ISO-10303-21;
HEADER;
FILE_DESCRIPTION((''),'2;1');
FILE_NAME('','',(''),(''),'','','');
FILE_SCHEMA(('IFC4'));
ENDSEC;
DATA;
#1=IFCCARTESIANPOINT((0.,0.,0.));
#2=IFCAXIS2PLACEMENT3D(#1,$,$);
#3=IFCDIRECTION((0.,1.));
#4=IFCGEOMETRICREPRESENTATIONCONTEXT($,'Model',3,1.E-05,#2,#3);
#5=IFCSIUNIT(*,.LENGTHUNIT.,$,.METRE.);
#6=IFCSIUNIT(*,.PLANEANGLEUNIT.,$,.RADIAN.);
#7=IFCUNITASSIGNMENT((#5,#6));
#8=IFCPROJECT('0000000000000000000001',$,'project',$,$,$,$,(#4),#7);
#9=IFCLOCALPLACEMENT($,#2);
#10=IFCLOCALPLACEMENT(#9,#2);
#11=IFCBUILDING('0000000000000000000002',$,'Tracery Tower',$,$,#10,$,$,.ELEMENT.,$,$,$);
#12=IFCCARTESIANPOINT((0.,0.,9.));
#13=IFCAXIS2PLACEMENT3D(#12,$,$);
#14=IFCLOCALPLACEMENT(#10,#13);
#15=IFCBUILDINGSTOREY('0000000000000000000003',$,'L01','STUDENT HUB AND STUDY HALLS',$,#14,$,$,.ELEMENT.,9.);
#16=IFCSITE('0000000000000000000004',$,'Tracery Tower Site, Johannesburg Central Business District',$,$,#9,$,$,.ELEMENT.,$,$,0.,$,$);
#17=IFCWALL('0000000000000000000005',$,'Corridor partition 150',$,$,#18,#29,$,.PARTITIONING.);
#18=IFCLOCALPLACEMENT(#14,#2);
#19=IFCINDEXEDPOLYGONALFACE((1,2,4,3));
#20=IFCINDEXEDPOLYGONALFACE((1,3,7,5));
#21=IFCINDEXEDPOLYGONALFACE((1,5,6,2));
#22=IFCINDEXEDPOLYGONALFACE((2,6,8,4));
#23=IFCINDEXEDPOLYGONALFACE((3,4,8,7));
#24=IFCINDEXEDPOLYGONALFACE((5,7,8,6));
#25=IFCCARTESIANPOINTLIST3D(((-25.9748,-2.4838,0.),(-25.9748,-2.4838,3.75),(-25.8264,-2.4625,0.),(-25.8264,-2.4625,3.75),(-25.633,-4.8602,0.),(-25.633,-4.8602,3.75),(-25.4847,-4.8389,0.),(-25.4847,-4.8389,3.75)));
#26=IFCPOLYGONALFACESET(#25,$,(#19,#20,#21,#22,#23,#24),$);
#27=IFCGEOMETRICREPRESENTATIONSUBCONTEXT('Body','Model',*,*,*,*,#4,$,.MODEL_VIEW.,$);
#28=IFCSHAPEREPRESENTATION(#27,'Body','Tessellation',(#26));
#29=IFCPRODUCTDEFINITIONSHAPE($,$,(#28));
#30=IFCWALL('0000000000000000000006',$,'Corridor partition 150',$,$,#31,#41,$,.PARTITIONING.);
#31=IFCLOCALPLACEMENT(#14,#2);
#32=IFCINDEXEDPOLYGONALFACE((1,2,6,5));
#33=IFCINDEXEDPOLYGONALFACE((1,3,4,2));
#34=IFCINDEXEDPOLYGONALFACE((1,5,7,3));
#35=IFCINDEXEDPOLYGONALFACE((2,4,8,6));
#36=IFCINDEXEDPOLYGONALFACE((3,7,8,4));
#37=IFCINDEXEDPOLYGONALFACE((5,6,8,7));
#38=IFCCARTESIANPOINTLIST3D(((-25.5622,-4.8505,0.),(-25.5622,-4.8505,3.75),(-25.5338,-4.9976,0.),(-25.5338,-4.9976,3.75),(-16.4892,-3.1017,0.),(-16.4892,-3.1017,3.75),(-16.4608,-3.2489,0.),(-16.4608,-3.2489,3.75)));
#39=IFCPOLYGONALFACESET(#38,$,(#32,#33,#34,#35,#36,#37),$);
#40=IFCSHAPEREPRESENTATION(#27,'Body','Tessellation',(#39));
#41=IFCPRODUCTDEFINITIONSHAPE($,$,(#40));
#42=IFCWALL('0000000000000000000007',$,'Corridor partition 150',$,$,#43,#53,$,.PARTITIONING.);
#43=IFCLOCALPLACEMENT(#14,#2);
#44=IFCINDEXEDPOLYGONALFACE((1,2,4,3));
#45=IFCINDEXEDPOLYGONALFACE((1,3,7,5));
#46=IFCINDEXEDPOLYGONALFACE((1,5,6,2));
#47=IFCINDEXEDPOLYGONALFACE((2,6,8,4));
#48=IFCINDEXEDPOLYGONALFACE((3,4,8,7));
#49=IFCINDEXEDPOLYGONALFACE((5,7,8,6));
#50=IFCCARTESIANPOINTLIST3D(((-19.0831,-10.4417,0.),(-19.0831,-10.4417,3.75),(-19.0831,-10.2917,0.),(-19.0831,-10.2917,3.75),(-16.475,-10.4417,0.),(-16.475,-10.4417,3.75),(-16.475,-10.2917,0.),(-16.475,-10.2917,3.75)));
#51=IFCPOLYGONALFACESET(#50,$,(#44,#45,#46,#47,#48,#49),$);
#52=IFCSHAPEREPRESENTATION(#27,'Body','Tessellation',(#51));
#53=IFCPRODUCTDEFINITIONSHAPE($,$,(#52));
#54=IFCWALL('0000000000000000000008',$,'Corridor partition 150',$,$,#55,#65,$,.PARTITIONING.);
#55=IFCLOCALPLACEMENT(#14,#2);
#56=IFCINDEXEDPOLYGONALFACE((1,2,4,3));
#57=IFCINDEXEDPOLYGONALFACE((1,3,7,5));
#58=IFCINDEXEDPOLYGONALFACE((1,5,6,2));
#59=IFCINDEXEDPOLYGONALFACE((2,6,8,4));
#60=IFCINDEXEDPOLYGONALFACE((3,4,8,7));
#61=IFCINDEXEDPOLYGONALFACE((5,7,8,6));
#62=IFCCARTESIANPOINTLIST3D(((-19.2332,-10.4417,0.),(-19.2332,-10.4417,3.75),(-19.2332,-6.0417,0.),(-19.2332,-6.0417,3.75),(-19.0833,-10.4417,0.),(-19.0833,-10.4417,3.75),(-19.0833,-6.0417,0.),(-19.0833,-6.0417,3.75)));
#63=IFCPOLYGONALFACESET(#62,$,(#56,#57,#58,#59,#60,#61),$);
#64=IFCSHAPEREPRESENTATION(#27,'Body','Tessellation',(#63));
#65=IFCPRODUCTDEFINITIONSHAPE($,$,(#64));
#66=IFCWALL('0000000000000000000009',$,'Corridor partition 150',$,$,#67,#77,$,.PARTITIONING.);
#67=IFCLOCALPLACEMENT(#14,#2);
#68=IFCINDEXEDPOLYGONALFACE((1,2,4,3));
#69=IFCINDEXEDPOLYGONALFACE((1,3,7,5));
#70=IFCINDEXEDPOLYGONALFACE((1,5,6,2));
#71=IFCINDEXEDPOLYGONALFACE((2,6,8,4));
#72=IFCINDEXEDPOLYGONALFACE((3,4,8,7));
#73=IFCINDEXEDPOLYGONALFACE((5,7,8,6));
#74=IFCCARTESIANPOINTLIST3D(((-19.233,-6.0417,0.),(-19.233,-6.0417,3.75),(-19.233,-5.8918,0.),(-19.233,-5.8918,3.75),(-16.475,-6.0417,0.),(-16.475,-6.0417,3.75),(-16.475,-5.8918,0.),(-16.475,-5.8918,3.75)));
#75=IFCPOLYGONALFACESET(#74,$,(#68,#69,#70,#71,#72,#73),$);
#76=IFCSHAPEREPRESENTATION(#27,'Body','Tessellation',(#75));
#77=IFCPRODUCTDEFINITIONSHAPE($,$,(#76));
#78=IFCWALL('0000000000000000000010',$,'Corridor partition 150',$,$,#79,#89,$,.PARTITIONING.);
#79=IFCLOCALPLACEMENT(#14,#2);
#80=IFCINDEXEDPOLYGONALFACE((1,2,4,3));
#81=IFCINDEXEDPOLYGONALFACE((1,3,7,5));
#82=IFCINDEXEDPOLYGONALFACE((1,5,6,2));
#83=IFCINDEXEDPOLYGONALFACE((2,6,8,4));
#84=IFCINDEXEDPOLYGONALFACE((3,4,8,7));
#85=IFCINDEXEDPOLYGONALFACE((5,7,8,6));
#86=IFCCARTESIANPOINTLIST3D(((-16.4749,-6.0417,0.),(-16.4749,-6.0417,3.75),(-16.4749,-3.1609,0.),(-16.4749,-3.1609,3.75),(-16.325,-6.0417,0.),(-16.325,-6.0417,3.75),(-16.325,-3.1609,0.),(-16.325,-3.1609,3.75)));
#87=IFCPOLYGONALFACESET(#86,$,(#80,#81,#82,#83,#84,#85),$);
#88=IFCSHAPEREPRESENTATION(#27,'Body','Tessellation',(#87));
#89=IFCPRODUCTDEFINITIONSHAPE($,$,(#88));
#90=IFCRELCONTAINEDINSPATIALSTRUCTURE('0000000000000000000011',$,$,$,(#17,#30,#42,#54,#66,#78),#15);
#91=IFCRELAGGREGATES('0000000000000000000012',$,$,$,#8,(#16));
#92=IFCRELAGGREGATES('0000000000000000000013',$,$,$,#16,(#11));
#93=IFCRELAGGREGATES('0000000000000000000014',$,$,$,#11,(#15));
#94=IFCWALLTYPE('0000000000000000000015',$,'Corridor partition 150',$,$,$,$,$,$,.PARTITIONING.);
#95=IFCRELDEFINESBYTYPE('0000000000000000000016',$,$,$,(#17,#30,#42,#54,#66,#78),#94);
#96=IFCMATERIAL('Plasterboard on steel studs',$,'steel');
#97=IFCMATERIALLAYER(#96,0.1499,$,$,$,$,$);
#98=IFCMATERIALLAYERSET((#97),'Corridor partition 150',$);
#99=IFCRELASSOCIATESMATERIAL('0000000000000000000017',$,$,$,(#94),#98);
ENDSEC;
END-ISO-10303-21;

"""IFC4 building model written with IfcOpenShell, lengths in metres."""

from ifc_helpers import new_model, si_unit, direction, frame, frame_2d, origin, place, context, subcontext, project, spatial, rectangle, extrude, material, layer, layer_set, type_object, element, save


model = new_model("IFC4")

# Units and contexts
model_context = context("Model", 3, precision=1e-05, world=origin(), true_north=direction((0.0, 1.0)))
body_context = subcontext(model_context, "Body", "Model", "MODEL_VIEW")
ifc_project = project(units=[si_unit("LENGTHUNIT", "METRE"), si_unit("PLANEANGLEUNIT", "RADIAN")], contexts=[model_context])

# Site, building, storey
site_placement = place(None, origin())
site = spatial("IfcSite", under=ifc_project, at=site_placement, Name="Tracery Tower Site, Johannesburg Central Business District", CompositionType="ELEMENT", RefElevation=0.0)
building_placement = place(site_placement, origin())
building = spatial("IfcBuilding", under=site, at=building_placement, Name="Tracery Tower", CompositionType="ELEMENT")
storey_placement = place(building_placement, frame((0.0, 0.0, 9.0)))
storey = spatial("IfcBuildingStorey", under=building, at=storey_placement, Name="L01", Description="STUDENT HUB AND STUDY HALLS", CompositionType="ELEMENT", Elevation=9.0)

# Shared definitions
ifc_material_1 = material(Name="Plasterboard on steel studs", Category="steel")
ifc_layer_1 = layer(ifc_material_1, 0.1499)
ifc_layer_set_1 = layer_set([ifc_layer_1], Name="Corridor partition 150")
wall_type_1 = type_object("IfcWallType", Name="Corridor partition 150", PredefinedType="PARTITIONING", material=ifc_layer_set_1)

# Walls
wall_1_placement = place(storey_placement, frame((-25.9006, -2.4731, 0.0), z_axis=(0.0, 0.0, 1.0), x_axis=(0.142361, -0.989815, 0.0)))
element("IfcWall", 1, at=wall_1_placement, inside=storey, type_object=wall_type_1, Name="Corridor partition 150", PredefinedType="PARTITIONING", context=body_context, shape_type="SweptSolid", body=[
    extrude(rectangle(XDim=2.4009, YDim=0.1499, at=frame_2d((1.2004, 0.0))), origin(), (0.0, 0.0, 1.0), 3.75),
])
wall_2_placement = place(storey_placement, frame((-25.5481, -4.9241, 0.0), z_axis=(0.0, 0.0, 1.0), x_axis=(0.981927, 0.189262, 0.0)))
element("IfcWall", 2, at=wall_2_placement, inside=storey, type_object=wall_type_1, Name="Corridor partition 150", PredefinedType="PARTITIONING", context=body_context, shape_type="SweptSolid", body=[
    extrude(rectangle(XDim=9.24, YDim=0.1499, at=frame_2d((4.6201, 0.0))), origin(), (0.0, 0.0, 1.0), 3.75),
])
wall_3_placement = place(storey_placement, frame((-19.0833, -10.3667, 0.0), z_axis=(0.0, 0.0, 1.0), x_axis=(1.0, 0.0, 0.0)))
element("IfcWall", 3, at=wall_3_placement, inside=storey, type_object=wall_type_1, Name="Corridor partition 150", PredefinedType="PARTITIONING", context=body_context, shape_type="SweptSolid", body=[
    extrude(rectangle(XDim=2.6082, YDim=0.1499, at=frame_2d((1.3042, 0.0))), origin(), (0.0, 0.0, 1.0), 3.75),
])
wall_4_placement = place(storey_placement, frame((-19.1582, -6.0417, 0.0), z_axis=(0.0, 0.0, 1.0), x_axis=(0.0, -1.0, 0.0)))
element("IfcWall", 4, at=wall_4_placement, inside=storey, type_object=wall_type_1, Name="Corridor partition 150", PredefinedType="PARTITIONING", context=body_context, shape_type="SweptSolid", body=[
    extrude(rectangle(XDim=4.3999, YDim=0.1499, at=frame_2d((2.2, 0.0))), origin(), (0.0, 0.0, 1.0), 3.75),
])
wall_5_placement = place(storey_placement, frame((-16.4751, -5.9668, 0.0), z_axis=(0.0, 0.0, 1.0), x_axis=(-1.0, 0.0, 0.0)))
element("IfcWall", 5, at=wall_5_placement, inside=storey, type_object=wall_type_1, Name="Corridor partition 150", PredefinedType="PARTITIONING", context=body_context, shape_type="SweptSolid", body=[
    extrude(rectangle(XDim=2.7581, YDim=0.1499, at=frame_2d((1.3789, 0.0))), origin(), (0.0, 0.0, 1.0), 3.75),
])
wall_6_placement = place(storey_placement, frame((-16.3999, -3.1609, 0.0), z_axis=(0.0, 0.0, 1.0), x_axis=(0.0, -1.0, 0.0)))
element("IfcWall", 6, at=wall_6_placement, inside=storey, type_object=wall_type_1, Name="Corridor partition 150", PredefinedType="PARTITIONING", context=body_context, shape_type="SweptSolid", body=[
    extrude(rectangle(XDim=2.8809, YDim=0.1499, at=frame_2d((1.4404, 0.0))), origin(), (0.0, 0.0, 1.0), 3.75),
])

save(model, "model.ifc")
